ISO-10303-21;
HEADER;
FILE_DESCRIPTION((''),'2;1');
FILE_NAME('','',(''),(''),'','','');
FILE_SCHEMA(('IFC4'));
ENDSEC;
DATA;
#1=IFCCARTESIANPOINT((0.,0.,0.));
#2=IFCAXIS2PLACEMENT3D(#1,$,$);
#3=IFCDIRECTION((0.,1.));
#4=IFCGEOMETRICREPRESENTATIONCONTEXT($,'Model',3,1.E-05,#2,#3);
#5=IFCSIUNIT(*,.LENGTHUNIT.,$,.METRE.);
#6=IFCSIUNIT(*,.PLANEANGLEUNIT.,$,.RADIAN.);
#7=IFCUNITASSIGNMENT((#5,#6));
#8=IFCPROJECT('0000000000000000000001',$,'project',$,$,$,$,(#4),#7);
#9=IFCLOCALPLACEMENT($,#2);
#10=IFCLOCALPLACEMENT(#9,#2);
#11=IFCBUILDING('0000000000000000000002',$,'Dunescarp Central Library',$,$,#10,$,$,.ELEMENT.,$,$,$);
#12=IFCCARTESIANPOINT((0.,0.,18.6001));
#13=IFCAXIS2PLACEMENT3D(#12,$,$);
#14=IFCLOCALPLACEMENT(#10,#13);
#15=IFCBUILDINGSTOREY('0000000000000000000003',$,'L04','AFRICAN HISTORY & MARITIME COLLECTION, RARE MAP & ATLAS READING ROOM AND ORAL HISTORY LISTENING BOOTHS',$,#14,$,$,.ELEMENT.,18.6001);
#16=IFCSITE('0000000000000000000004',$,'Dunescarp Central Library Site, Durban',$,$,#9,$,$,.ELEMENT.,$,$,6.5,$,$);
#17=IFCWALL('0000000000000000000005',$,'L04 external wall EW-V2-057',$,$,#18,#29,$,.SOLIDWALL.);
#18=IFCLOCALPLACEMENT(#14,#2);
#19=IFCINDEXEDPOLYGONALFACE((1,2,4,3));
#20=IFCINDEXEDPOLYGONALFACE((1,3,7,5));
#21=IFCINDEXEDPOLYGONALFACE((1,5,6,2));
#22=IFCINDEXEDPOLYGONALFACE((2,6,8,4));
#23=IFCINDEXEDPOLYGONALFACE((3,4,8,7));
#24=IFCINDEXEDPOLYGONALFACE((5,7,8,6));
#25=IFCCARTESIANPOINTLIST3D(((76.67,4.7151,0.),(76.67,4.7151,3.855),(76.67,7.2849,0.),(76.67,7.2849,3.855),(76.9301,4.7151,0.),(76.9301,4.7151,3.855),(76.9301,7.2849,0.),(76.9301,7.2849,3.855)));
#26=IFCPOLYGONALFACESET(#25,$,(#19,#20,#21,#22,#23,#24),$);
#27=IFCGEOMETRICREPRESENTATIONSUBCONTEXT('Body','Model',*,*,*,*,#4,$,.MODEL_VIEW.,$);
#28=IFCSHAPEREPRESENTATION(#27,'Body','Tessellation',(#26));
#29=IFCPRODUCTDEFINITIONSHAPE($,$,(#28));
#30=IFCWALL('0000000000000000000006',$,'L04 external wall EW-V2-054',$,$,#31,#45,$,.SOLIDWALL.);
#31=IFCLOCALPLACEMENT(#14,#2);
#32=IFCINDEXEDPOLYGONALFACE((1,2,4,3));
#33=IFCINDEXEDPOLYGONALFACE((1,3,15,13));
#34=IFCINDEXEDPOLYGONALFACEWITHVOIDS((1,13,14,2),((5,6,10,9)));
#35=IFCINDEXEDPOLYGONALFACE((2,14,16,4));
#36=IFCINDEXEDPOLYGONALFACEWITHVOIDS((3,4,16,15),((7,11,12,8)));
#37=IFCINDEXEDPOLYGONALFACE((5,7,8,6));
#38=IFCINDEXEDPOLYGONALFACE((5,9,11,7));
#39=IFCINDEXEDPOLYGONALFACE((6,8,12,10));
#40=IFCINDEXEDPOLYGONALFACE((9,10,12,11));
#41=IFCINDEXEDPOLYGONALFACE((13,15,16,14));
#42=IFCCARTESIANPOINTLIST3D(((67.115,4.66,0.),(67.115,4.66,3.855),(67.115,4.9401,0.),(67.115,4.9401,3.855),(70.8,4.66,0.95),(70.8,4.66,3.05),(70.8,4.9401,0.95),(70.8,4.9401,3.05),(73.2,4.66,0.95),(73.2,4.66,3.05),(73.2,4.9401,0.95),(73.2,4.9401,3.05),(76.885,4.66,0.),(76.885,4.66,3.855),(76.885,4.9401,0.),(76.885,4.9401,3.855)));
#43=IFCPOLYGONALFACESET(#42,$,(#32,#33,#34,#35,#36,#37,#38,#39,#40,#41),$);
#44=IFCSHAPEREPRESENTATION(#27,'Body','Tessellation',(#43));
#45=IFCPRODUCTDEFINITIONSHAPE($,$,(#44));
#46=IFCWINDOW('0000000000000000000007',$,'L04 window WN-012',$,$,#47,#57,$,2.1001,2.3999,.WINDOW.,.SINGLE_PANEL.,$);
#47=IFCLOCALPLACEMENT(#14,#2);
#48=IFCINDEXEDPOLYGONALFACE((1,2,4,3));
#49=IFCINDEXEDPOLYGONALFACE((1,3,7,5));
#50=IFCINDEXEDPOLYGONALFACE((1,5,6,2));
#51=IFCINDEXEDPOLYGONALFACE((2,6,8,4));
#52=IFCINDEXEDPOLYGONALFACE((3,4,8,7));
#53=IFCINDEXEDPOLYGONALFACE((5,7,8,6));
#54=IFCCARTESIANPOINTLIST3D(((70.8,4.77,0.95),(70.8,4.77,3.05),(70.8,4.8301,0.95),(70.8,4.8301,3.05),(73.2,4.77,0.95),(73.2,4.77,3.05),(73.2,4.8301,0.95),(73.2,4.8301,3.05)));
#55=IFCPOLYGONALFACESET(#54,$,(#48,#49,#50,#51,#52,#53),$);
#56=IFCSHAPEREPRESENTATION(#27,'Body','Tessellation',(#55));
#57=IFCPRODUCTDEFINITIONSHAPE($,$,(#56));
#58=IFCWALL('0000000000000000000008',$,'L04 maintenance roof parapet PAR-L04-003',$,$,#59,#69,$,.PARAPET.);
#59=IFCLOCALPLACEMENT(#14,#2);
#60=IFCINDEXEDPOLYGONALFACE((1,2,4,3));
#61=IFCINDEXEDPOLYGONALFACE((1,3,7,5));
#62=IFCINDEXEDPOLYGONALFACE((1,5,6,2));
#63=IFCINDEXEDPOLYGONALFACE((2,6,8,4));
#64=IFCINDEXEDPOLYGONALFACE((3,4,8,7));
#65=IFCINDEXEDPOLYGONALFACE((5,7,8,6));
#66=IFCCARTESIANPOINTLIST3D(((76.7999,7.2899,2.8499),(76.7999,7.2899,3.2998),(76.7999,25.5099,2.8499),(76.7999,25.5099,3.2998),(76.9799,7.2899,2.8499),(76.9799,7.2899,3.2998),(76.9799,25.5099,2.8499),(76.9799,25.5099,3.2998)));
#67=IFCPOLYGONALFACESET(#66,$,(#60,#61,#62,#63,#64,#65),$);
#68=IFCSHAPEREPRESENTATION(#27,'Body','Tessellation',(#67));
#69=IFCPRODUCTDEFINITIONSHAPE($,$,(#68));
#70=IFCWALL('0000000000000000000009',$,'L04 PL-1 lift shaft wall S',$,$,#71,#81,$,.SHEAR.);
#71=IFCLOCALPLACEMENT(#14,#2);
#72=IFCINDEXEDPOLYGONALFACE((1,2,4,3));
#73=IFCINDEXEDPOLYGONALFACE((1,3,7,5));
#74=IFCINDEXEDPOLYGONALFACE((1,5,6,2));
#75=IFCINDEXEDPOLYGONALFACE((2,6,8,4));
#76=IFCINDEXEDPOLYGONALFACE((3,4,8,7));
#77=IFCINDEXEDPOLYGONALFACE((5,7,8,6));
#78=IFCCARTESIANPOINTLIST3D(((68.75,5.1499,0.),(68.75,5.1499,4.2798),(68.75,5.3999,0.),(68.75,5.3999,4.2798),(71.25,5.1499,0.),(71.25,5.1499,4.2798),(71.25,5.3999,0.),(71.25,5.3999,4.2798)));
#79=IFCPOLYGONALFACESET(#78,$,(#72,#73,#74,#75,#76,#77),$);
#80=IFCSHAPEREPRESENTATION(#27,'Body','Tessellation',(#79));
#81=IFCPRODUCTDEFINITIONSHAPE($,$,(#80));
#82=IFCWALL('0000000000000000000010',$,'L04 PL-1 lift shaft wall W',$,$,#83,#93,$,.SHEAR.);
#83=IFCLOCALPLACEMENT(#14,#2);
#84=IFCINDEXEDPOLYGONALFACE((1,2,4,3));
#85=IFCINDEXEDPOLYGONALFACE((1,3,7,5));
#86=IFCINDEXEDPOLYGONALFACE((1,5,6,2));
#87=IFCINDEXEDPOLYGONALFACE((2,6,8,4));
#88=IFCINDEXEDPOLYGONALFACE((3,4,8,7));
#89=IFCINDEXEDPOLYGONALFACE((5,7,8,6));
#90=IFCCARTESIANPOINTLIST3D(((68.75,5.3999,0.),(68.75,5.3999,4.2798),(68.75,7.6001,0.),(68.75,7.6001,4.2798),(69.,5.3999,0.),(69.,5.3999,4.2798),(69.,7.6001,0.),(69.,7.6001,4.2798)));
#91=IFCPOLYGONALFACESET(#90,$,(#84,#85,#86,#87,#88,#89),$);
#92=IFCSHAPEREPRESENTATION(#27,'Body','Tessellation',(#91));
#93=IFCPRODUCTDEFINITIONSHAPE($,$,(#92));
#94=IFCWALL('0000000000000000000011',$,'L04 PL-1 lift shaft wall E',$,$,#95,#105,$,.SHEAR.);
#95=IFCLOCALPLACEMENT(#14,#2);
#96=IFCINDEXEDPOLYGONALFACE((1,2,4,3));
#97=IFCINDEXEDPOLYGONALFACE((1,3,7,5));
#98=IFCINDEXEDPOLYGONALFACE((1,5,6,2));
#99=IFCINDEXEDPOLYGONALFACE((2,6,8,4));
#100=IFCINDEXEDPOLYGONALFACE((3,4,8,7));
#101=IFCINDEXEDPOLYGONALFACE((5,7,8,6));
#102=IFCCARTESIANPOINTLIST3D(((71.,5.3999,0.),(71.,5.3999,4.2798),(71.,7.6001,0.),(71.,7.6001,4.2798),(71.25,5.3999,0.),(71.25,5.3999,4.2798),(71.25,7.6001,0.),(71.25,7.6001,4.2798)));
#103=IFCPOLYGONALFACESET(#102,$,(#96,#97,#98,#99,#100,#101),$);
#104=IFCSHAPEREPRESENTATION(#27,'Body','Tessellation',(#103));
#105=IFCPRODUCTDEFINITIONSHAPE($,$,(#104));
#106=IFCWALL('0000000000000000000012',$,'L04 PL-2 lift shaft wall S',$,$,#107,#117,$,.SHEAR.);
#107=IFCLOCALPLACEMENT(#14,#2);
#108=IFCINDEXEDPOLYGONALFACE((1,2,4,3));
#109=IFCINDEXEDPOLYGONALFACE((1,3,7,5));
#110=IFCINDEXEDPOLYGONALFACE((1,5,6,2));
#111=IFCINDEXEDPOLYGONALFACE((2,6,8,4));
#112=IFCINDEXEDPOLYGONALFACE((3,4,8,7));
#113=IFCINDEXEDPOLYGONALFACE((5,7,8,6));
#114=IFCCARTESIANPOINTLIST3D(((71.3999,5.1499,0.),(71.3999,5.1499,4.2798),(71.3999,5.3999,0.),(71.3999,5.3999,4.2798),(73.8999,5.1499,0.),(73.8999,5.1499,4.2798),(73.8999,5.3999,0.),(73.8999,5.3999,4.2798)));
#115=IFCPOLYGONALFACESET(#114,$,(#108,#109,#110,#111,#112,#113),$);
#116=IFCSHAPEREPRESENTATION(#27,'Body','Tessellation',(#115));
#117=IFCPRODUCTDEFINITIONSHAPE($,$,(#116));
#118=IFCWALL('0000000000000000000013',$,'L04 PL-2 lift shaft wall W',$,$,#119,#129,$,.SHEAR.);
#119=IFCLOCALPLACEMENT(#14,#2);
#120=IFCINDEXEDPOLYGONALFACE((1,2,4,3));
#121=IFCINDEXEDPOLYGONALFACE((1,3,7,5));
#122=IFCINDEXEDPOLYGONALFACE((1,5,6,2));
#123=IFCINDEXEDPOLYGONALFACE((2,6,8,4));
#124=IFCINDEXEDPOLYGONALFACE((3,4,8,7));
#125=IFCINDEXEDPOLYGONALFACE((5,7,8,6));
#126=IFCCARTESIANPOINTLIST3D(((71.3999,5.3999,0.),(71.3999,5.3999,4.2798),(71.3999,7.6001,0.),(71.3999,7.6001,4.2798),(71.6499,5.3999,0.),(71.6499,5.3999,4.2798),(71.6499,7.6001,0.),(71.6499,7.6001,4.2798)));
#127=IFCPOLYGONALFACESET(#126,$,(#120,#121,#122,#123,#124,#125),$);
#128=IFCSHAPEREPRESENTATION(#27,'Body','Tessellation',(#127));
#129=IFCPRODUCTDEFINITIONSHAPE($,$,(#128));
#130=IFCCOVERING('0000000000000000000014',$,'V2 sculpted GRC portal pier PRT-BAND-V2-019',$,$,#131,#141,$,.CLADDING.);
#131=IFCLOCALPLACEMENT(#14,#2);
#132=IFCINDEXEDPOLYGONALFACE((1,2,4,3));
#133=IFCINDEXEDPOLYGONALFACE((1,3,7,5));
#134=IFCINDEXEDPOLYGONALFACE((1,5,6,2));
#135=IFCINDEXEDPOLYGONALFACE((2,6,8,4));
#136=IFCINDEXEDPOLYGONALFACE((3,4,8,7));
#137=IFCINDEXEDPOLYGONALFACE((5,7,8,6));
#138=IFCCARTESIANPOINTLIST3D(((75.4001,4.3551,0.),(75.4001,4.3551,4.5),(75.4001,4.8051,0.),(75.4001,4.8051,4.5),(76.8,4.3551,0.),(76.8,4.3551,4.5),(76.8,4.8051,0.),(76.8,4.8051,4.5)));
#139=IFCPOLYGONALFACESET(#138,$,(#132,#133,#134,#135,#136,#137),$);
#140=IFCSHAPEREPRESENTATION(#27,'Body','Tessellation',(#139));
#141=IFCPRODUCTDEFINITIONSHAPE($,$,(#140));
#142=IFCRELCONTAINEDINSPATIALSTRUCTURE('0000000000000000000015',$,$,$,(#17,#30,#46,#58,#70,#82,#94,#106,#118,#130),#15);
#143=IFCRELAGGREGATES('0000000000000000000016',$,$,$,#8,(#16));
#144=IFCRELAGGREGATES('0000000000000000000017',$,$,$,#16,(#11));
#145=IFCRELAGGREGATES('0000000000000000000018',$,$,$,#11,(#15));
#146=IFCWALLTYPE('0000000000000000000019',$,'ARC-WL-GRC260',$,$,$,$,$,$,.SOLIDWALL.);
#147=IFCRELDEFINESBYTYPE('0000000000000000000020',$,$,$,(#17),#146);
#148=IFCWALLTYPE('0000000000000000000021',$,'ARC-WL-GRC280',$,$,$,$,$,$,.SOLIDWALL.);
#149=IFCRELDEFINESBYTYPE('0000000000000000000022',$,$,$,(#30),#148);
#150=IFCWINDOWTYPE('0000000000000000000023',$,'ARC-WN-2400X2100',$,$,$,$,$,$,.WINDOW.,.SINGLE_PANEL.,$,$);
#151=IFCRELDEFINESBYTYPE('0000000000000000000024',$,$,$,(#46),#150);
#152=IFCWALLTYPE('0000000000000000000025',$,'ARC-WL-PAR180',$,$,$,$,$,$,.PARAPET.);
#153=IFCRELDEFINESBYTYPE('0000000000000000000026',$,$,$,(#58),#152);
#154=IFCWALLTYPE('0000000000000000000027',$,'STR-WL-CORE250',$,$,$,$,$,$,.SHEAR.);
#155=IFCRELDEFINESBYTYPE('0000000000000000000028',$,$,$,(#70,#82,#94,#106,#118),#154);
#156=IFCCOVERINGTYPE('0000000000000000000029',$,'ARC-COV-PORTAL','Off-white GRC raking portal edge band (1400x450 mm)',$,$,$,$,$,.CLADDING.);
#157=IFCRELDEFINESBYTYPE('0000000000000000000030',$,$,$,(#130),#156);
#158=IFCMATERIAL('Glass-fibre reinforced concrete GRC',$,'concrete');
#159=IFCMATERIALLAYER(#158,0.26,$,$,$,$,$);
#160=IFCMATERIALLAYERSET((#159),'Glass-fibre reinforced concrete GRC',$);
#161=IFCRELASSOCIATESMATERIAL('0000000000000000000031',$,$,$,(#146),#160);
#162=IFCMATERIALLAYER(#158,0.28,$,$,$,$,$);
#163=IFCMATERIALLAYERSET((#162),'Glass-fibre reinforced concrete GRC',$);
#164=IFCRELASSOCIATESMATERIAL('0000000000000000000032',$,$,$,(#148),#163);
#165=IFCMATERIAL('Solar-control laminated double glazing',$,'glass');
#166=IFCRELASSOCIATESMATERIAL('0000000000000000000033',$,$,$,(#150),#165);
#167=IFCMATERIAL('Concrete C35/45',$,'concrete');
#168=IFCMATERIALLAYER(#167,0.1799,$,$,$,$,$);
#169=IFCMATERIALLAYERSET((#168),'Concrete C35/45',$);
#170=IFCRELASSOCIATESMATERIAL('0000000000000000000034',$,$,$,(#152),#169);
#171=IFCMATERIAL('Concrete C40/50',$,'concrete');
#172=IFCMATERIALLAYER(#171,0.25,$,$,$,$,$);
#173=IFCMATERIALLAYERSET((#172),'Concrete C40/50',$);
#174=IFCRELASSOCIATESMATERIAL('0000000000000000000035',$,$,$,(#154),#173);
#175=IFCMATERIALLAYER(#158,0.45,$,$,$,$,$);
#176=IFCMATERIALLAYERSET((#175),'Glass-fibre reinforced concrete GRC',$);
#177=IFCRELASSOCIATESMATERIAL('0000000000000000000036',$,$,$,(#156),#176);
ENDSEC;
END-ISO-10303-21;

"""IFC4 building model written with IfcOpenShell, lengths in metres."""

from ifc_helpers import new_model, si_unit, direction, frame, frame_2d, origin, origin_2d, place, context, subcontext, project, spatial, rectangle, extrude, material, layer, layer_set, type_object, element, fill, save


model = new_model("IFC4")

# Units and contexts
model_context = context("Model", 3, precision=1e-05, world=origin(), true_north=direction((0.0, 1.0)))
body_context = subcontext(model_context, "Body", "Model", "MODEL_VIEW")
ifc_project = project(units=[si_unit("LENGTHUNIT", "METRE"), si_unit("PLANEANGLEUNIT", "RADIAN")], contexts=[model_context])

# Site, building, storey
site_placement = place(None, origin())
site = spatial("IfcSite", under=ifc_project, at=site_placement, Name="Dunescarp Central Library Site, Durban", CompositionType="ELEMENT", RefElevation=6.5)
building_placement = place(site_placement, origin())
building = spatial("IfcBuilding", under=site, at=building_placement, Name="Dunescarp Central Library", CompositionType="ELEMENT")
storey_placement = place(building_placement, frame((0.0, 0.0, 18.6001)))
storey = spatial("IfcBuildingStorey", under=building, at=storey_placement, Name="L04", Description="AFRICAN HISTORY & MARITIME COLLECTION, RARE MAP & ATLAS READING ROOM AND ORAL HISTORY LISTENING BOOTHS", CompositionType="ELEMENT", Elevation=18.6001)

# Shared definitions
ifc_material_1 = material(Name="Solar-control laminated double glazing", Category="glass")

# Wall
ifc_material_2 = material(Name="Glass-fibre reinforced concrete GRC", Category="concrete")
ifc_layer_1 = layer(ifc_material_2, 0.26)
ifc_layer_set_1 = layer_set([ifc_layer_1], Name="Glass-fibre reinforced concrete GRC")
wall_type_1 = type_object("IfcWallType", Name="ARC-WL-GRC260", PredefinedType="SOLIDWALL", material=ifc_layer_set_1)
wall_1_placement = place(storey_placement, frame((76.8, 7.2849, 0.0), z_axis=(0.0, 0.0, 1.0), x_axis=(0.0, -1.0, 0.0)))
element("IfcWall", 1, at=wall_1_placement, inside=storey, type_object=wall_type_1, Name="L04 external wall EW-V2-057", PredefinedType="SOLIDWALL", context=body_context, shape_type="SweptSolid", body=[
    extrude(rectangle(XDim=2.5698, YDim=0.26, at=frame_2d((1.2849, 0.0))), origin(), (0.0, 0.0, 1.0), 3.855),
])

# Wall, opening, window
ifc_layer_2 = layer(ifc_material_2, 0.28)
ifc_layer_set_2 = layer_set([ifc_layer_2], Name="Glass-fibre reinforced concrete GRC")
wall_type_2 = type_object("IfcWallType", Name="ARC-WL-GRC280", PredefinedType="SOLIDWALL", material=ifc_layer_set_2)
wall_2_placement = place(storey_placement, frame((76.885, 4.8, 0.0), z_axis=(0.0, 0.0, 1.0), x_axis=(-1.0, 0.0, 0.0)))
wall_2 = element("IfcWall", 2, at=wall_2_placement, inside=storey, type_object=wall_type_2, Name="L04 external wall EW-V2-054", PredefinedType="SOLIDWALL", context=body_context, shape_type="SweptSolid", body=[
    extrude(rectangle(XDim=9.77, YDim=0.28, at=frame_2d((4.885, 0.0))), origin(), (0.0, 0.0, 1.0), 3.855),
])
opening_placement = place(wall_2_placement, frame((3.6851, 0.0, 0.95)))
opening = element("IfcOpeningElement", 3, at=opening_placement, cuts=wall_2, PredefinedType="OPENING", context=body_context, shape_type="SweptSolid", body=[
    extrude(rectangle(XDim=2.3999, YDim=2.1001, at=frame_2d((1.2, 1.05))), frame((0.0, 0.1499, 0.0), z_axis=(0.0, -1.0, 0.0), x_axis=(1.0, 0.0, 0.0)), (0.0, 0.0, 1.0), 0.3),
])
window_type = type_object("IfcWindowType", Name="ARC-WN-2400X2100", PartitioningType="SINGLE_PANEL", PredefinedType="WINDOW", material=ifc_material_1)
window_placement = place(opening_placement, origin())
window = element("IfcWindow", 4, at=window_placement, inside=storey, type_object=window_type, Name="L04 window WN-012", OverallHeight=2.1001, OverallWidth=2.3999, PartitioningType="SINGLE_PANEL", PredefinedType="WINDOW", context=body_context, shape_type="SweptSolid", body=[
    extrude(rectangle(XDim=2.3999, YDim=2.1001, at=frame_2d((1.2, 1.05))), frame((0.0, 0.03, 0.0), z_axis=(0.0, -1.0, 0.0), x_axis=(1.0, 0.0, 0.0)), (0.0, 0.0, 1.0), 0.0601),
])
fill(opening, window)

# Walls
ifc_material_3 = material(Name="Concrete C35/45", Category="concrete")
ifc_layer_3 = layer(ifc_material_3, 0.1799)
ifc_layer_set_3 = layer_set([ifc_layer_3], Name="Concrete C35/45")
wall_type_3 = type_object("IfcWallType", Name="ARC-WL-PAR180", PredefinedType="PARAPET", material=ifc_layer_set_3)
wall_3_placement = place(storey_placement, frame((76.8899, 7.29, 2.8499), z_axis=(0.0, 0.0, 1.0), x_axis=(0.0, 1.0, 0.0)))
element("IfcWall", 5, at=wall_3_placement, inside=storey, type_object=wall_type_3, Name="L04 maintenance roof parapet PAR-L04-003", PredefinedType="PARAPET", context=body_context, shape_type="SweptSolid", body=[
    extrude(rectangle(XDim=18.22, YDim=0.1799, at=frame_2d((9.1099, 0.0))), origin(), (0.0, 0.0, 1.0), 0.45),
])
ifc_material_4 = material(Name="Concrete C40/50", Category="concrete")
ifc_layer_4 = layer(ifc_material_4, 0.25)
ifc_layer_set_4 = layer_set([ifc_layer_4], Name="Concrete C40/50")
wall_type_4 = type_object("IfcWallType", Name="STR-WL-CORE250", PredefinedType="SHEAR", material=ifc_layer_set_4)
wall_4_placement = place(storey_placement, frame((71.25, 5.2749, 0.0), z_axis=(0.0, 0.0, 1.0), x_axis=(-1.0, 0.0, 0.0)))
element("IfcWall", 6, at=wall_4_placement, inside=storey, type_object=wall_type_4, Name="L04 PL-1 lift shaft wall S", PredefinedType="SHEAR", context=body_context, shape_type="SweptSolid", body=[
    extrude(rectangle(XDim=2.5, YDim=0.25, at=frame_2d((1.25, 0.0))), origin(), (0.0, 0.0, 1.0), 4.2798),
])
for number, where, z_axis, x_axis, name in (
    (7, (68.875, 5.3999, 0.0), (0.0, 0.0, 1.0), (0.0, 1.0, 0.0), "L04 PL-1 lift shaft wall W"),
    (8, (71.125, 7.6001, 0.0), (0.0, 0.0, 1.0), (0.0, -1.0, 0.0), "L04 PL-1 lift shaft wall E"),
):
    element("IfcWall", number, at=place(storey_placement, frame(where, z_axis=z_axis, x_axis=x_axis)), inside=storey, type_object=wall_type_4, Name=name, PredefinedType="SHEAR", context=body_context, shape_type="SweptSolid", body=[
        extrude(rectangle(XDim=2.2002, YDim=0.25, at=frame_2d((1.1001, 0.0))), origin(), (0.0, 0.0, 1.0), 4.2798),
    ])
wall_5_placement = place(storey_placement, frame((73.8999, 5.2749, 0.0), z_axis=(0.0, 0.0, 1.0), x_axis=(-1.0, 0.0, 0.0)))
element("IfcWall", 9, at=wall_5_placement, inside=storey, type_object=wall_type_4, Name="L04 PL-2 lift shaft wall S", PredefinedType="SHEAR", context=body_context, shape_type="SweptSolid", body=[
    extrude(rectangle(XDim=2.5, YDim=0.25, at=frame_2d((1.25, 0.0))), origin(), (0.0, 0.0, 1.0), 4.2798),
])
wall_6_placement = place(storey_placement, frame((71.5249, 5.3999, 0.0), z_axis=(0.0, 0.0, 1.0), x_axis=(0.0, 1.0, 0.0)))
element("IfcWall", 10, at=wall_6_placement, inside=storey, type_object=wall_type_4, Name="L04 PL-2 lift shaft wall W", PredefinedType="SHEAR", context=body_context, shape_type="SweptSolid", body=[
    extrude(rectangle(XDim=2.2002, YDim=0.25, at=frame_2d((1.1001, 0.0))), origin(), (0.0, 0.0, 1.0), 4.2798),
])

# Covering
ifc_layer_5 = layer(ifc_material_2, 0.45)
ifc_layer_set_5 = layer_set([ifc_layer_5], Name="Glass-fibre reinforced concrete GRC")
covering_type = type_object("IfcCoveringType", Name="ARC-COV-PORTAL", Description="Off-white GRC raking portal edge band (1400x450 mm)", PredefinedType="CLADDING", material=ifc_layer_set_5)
covering_placement = place(storey_placement, frame((76.1001, 4.5801, 0.0), z_axis=(0.0, 0.0, 1.0), x_axis=(1.0, 0.0, 0.0)))
element("IfcCovering", 11, at=covering_placement, inside=storey, type_object=covering_type, Name="V2 sculpted GRC portal pier PRT-BAND-V2-019", PredefinedType="CLADDING", context=body_context, shape_type="SweptSolid", body=[
    extrude(rectangle(XDim=1.3999, YDim=0.45, at=origin_2d()), origin(), (0.0, 0.0, 1.0), 4.5),
])

save(model, "model.ifc")
